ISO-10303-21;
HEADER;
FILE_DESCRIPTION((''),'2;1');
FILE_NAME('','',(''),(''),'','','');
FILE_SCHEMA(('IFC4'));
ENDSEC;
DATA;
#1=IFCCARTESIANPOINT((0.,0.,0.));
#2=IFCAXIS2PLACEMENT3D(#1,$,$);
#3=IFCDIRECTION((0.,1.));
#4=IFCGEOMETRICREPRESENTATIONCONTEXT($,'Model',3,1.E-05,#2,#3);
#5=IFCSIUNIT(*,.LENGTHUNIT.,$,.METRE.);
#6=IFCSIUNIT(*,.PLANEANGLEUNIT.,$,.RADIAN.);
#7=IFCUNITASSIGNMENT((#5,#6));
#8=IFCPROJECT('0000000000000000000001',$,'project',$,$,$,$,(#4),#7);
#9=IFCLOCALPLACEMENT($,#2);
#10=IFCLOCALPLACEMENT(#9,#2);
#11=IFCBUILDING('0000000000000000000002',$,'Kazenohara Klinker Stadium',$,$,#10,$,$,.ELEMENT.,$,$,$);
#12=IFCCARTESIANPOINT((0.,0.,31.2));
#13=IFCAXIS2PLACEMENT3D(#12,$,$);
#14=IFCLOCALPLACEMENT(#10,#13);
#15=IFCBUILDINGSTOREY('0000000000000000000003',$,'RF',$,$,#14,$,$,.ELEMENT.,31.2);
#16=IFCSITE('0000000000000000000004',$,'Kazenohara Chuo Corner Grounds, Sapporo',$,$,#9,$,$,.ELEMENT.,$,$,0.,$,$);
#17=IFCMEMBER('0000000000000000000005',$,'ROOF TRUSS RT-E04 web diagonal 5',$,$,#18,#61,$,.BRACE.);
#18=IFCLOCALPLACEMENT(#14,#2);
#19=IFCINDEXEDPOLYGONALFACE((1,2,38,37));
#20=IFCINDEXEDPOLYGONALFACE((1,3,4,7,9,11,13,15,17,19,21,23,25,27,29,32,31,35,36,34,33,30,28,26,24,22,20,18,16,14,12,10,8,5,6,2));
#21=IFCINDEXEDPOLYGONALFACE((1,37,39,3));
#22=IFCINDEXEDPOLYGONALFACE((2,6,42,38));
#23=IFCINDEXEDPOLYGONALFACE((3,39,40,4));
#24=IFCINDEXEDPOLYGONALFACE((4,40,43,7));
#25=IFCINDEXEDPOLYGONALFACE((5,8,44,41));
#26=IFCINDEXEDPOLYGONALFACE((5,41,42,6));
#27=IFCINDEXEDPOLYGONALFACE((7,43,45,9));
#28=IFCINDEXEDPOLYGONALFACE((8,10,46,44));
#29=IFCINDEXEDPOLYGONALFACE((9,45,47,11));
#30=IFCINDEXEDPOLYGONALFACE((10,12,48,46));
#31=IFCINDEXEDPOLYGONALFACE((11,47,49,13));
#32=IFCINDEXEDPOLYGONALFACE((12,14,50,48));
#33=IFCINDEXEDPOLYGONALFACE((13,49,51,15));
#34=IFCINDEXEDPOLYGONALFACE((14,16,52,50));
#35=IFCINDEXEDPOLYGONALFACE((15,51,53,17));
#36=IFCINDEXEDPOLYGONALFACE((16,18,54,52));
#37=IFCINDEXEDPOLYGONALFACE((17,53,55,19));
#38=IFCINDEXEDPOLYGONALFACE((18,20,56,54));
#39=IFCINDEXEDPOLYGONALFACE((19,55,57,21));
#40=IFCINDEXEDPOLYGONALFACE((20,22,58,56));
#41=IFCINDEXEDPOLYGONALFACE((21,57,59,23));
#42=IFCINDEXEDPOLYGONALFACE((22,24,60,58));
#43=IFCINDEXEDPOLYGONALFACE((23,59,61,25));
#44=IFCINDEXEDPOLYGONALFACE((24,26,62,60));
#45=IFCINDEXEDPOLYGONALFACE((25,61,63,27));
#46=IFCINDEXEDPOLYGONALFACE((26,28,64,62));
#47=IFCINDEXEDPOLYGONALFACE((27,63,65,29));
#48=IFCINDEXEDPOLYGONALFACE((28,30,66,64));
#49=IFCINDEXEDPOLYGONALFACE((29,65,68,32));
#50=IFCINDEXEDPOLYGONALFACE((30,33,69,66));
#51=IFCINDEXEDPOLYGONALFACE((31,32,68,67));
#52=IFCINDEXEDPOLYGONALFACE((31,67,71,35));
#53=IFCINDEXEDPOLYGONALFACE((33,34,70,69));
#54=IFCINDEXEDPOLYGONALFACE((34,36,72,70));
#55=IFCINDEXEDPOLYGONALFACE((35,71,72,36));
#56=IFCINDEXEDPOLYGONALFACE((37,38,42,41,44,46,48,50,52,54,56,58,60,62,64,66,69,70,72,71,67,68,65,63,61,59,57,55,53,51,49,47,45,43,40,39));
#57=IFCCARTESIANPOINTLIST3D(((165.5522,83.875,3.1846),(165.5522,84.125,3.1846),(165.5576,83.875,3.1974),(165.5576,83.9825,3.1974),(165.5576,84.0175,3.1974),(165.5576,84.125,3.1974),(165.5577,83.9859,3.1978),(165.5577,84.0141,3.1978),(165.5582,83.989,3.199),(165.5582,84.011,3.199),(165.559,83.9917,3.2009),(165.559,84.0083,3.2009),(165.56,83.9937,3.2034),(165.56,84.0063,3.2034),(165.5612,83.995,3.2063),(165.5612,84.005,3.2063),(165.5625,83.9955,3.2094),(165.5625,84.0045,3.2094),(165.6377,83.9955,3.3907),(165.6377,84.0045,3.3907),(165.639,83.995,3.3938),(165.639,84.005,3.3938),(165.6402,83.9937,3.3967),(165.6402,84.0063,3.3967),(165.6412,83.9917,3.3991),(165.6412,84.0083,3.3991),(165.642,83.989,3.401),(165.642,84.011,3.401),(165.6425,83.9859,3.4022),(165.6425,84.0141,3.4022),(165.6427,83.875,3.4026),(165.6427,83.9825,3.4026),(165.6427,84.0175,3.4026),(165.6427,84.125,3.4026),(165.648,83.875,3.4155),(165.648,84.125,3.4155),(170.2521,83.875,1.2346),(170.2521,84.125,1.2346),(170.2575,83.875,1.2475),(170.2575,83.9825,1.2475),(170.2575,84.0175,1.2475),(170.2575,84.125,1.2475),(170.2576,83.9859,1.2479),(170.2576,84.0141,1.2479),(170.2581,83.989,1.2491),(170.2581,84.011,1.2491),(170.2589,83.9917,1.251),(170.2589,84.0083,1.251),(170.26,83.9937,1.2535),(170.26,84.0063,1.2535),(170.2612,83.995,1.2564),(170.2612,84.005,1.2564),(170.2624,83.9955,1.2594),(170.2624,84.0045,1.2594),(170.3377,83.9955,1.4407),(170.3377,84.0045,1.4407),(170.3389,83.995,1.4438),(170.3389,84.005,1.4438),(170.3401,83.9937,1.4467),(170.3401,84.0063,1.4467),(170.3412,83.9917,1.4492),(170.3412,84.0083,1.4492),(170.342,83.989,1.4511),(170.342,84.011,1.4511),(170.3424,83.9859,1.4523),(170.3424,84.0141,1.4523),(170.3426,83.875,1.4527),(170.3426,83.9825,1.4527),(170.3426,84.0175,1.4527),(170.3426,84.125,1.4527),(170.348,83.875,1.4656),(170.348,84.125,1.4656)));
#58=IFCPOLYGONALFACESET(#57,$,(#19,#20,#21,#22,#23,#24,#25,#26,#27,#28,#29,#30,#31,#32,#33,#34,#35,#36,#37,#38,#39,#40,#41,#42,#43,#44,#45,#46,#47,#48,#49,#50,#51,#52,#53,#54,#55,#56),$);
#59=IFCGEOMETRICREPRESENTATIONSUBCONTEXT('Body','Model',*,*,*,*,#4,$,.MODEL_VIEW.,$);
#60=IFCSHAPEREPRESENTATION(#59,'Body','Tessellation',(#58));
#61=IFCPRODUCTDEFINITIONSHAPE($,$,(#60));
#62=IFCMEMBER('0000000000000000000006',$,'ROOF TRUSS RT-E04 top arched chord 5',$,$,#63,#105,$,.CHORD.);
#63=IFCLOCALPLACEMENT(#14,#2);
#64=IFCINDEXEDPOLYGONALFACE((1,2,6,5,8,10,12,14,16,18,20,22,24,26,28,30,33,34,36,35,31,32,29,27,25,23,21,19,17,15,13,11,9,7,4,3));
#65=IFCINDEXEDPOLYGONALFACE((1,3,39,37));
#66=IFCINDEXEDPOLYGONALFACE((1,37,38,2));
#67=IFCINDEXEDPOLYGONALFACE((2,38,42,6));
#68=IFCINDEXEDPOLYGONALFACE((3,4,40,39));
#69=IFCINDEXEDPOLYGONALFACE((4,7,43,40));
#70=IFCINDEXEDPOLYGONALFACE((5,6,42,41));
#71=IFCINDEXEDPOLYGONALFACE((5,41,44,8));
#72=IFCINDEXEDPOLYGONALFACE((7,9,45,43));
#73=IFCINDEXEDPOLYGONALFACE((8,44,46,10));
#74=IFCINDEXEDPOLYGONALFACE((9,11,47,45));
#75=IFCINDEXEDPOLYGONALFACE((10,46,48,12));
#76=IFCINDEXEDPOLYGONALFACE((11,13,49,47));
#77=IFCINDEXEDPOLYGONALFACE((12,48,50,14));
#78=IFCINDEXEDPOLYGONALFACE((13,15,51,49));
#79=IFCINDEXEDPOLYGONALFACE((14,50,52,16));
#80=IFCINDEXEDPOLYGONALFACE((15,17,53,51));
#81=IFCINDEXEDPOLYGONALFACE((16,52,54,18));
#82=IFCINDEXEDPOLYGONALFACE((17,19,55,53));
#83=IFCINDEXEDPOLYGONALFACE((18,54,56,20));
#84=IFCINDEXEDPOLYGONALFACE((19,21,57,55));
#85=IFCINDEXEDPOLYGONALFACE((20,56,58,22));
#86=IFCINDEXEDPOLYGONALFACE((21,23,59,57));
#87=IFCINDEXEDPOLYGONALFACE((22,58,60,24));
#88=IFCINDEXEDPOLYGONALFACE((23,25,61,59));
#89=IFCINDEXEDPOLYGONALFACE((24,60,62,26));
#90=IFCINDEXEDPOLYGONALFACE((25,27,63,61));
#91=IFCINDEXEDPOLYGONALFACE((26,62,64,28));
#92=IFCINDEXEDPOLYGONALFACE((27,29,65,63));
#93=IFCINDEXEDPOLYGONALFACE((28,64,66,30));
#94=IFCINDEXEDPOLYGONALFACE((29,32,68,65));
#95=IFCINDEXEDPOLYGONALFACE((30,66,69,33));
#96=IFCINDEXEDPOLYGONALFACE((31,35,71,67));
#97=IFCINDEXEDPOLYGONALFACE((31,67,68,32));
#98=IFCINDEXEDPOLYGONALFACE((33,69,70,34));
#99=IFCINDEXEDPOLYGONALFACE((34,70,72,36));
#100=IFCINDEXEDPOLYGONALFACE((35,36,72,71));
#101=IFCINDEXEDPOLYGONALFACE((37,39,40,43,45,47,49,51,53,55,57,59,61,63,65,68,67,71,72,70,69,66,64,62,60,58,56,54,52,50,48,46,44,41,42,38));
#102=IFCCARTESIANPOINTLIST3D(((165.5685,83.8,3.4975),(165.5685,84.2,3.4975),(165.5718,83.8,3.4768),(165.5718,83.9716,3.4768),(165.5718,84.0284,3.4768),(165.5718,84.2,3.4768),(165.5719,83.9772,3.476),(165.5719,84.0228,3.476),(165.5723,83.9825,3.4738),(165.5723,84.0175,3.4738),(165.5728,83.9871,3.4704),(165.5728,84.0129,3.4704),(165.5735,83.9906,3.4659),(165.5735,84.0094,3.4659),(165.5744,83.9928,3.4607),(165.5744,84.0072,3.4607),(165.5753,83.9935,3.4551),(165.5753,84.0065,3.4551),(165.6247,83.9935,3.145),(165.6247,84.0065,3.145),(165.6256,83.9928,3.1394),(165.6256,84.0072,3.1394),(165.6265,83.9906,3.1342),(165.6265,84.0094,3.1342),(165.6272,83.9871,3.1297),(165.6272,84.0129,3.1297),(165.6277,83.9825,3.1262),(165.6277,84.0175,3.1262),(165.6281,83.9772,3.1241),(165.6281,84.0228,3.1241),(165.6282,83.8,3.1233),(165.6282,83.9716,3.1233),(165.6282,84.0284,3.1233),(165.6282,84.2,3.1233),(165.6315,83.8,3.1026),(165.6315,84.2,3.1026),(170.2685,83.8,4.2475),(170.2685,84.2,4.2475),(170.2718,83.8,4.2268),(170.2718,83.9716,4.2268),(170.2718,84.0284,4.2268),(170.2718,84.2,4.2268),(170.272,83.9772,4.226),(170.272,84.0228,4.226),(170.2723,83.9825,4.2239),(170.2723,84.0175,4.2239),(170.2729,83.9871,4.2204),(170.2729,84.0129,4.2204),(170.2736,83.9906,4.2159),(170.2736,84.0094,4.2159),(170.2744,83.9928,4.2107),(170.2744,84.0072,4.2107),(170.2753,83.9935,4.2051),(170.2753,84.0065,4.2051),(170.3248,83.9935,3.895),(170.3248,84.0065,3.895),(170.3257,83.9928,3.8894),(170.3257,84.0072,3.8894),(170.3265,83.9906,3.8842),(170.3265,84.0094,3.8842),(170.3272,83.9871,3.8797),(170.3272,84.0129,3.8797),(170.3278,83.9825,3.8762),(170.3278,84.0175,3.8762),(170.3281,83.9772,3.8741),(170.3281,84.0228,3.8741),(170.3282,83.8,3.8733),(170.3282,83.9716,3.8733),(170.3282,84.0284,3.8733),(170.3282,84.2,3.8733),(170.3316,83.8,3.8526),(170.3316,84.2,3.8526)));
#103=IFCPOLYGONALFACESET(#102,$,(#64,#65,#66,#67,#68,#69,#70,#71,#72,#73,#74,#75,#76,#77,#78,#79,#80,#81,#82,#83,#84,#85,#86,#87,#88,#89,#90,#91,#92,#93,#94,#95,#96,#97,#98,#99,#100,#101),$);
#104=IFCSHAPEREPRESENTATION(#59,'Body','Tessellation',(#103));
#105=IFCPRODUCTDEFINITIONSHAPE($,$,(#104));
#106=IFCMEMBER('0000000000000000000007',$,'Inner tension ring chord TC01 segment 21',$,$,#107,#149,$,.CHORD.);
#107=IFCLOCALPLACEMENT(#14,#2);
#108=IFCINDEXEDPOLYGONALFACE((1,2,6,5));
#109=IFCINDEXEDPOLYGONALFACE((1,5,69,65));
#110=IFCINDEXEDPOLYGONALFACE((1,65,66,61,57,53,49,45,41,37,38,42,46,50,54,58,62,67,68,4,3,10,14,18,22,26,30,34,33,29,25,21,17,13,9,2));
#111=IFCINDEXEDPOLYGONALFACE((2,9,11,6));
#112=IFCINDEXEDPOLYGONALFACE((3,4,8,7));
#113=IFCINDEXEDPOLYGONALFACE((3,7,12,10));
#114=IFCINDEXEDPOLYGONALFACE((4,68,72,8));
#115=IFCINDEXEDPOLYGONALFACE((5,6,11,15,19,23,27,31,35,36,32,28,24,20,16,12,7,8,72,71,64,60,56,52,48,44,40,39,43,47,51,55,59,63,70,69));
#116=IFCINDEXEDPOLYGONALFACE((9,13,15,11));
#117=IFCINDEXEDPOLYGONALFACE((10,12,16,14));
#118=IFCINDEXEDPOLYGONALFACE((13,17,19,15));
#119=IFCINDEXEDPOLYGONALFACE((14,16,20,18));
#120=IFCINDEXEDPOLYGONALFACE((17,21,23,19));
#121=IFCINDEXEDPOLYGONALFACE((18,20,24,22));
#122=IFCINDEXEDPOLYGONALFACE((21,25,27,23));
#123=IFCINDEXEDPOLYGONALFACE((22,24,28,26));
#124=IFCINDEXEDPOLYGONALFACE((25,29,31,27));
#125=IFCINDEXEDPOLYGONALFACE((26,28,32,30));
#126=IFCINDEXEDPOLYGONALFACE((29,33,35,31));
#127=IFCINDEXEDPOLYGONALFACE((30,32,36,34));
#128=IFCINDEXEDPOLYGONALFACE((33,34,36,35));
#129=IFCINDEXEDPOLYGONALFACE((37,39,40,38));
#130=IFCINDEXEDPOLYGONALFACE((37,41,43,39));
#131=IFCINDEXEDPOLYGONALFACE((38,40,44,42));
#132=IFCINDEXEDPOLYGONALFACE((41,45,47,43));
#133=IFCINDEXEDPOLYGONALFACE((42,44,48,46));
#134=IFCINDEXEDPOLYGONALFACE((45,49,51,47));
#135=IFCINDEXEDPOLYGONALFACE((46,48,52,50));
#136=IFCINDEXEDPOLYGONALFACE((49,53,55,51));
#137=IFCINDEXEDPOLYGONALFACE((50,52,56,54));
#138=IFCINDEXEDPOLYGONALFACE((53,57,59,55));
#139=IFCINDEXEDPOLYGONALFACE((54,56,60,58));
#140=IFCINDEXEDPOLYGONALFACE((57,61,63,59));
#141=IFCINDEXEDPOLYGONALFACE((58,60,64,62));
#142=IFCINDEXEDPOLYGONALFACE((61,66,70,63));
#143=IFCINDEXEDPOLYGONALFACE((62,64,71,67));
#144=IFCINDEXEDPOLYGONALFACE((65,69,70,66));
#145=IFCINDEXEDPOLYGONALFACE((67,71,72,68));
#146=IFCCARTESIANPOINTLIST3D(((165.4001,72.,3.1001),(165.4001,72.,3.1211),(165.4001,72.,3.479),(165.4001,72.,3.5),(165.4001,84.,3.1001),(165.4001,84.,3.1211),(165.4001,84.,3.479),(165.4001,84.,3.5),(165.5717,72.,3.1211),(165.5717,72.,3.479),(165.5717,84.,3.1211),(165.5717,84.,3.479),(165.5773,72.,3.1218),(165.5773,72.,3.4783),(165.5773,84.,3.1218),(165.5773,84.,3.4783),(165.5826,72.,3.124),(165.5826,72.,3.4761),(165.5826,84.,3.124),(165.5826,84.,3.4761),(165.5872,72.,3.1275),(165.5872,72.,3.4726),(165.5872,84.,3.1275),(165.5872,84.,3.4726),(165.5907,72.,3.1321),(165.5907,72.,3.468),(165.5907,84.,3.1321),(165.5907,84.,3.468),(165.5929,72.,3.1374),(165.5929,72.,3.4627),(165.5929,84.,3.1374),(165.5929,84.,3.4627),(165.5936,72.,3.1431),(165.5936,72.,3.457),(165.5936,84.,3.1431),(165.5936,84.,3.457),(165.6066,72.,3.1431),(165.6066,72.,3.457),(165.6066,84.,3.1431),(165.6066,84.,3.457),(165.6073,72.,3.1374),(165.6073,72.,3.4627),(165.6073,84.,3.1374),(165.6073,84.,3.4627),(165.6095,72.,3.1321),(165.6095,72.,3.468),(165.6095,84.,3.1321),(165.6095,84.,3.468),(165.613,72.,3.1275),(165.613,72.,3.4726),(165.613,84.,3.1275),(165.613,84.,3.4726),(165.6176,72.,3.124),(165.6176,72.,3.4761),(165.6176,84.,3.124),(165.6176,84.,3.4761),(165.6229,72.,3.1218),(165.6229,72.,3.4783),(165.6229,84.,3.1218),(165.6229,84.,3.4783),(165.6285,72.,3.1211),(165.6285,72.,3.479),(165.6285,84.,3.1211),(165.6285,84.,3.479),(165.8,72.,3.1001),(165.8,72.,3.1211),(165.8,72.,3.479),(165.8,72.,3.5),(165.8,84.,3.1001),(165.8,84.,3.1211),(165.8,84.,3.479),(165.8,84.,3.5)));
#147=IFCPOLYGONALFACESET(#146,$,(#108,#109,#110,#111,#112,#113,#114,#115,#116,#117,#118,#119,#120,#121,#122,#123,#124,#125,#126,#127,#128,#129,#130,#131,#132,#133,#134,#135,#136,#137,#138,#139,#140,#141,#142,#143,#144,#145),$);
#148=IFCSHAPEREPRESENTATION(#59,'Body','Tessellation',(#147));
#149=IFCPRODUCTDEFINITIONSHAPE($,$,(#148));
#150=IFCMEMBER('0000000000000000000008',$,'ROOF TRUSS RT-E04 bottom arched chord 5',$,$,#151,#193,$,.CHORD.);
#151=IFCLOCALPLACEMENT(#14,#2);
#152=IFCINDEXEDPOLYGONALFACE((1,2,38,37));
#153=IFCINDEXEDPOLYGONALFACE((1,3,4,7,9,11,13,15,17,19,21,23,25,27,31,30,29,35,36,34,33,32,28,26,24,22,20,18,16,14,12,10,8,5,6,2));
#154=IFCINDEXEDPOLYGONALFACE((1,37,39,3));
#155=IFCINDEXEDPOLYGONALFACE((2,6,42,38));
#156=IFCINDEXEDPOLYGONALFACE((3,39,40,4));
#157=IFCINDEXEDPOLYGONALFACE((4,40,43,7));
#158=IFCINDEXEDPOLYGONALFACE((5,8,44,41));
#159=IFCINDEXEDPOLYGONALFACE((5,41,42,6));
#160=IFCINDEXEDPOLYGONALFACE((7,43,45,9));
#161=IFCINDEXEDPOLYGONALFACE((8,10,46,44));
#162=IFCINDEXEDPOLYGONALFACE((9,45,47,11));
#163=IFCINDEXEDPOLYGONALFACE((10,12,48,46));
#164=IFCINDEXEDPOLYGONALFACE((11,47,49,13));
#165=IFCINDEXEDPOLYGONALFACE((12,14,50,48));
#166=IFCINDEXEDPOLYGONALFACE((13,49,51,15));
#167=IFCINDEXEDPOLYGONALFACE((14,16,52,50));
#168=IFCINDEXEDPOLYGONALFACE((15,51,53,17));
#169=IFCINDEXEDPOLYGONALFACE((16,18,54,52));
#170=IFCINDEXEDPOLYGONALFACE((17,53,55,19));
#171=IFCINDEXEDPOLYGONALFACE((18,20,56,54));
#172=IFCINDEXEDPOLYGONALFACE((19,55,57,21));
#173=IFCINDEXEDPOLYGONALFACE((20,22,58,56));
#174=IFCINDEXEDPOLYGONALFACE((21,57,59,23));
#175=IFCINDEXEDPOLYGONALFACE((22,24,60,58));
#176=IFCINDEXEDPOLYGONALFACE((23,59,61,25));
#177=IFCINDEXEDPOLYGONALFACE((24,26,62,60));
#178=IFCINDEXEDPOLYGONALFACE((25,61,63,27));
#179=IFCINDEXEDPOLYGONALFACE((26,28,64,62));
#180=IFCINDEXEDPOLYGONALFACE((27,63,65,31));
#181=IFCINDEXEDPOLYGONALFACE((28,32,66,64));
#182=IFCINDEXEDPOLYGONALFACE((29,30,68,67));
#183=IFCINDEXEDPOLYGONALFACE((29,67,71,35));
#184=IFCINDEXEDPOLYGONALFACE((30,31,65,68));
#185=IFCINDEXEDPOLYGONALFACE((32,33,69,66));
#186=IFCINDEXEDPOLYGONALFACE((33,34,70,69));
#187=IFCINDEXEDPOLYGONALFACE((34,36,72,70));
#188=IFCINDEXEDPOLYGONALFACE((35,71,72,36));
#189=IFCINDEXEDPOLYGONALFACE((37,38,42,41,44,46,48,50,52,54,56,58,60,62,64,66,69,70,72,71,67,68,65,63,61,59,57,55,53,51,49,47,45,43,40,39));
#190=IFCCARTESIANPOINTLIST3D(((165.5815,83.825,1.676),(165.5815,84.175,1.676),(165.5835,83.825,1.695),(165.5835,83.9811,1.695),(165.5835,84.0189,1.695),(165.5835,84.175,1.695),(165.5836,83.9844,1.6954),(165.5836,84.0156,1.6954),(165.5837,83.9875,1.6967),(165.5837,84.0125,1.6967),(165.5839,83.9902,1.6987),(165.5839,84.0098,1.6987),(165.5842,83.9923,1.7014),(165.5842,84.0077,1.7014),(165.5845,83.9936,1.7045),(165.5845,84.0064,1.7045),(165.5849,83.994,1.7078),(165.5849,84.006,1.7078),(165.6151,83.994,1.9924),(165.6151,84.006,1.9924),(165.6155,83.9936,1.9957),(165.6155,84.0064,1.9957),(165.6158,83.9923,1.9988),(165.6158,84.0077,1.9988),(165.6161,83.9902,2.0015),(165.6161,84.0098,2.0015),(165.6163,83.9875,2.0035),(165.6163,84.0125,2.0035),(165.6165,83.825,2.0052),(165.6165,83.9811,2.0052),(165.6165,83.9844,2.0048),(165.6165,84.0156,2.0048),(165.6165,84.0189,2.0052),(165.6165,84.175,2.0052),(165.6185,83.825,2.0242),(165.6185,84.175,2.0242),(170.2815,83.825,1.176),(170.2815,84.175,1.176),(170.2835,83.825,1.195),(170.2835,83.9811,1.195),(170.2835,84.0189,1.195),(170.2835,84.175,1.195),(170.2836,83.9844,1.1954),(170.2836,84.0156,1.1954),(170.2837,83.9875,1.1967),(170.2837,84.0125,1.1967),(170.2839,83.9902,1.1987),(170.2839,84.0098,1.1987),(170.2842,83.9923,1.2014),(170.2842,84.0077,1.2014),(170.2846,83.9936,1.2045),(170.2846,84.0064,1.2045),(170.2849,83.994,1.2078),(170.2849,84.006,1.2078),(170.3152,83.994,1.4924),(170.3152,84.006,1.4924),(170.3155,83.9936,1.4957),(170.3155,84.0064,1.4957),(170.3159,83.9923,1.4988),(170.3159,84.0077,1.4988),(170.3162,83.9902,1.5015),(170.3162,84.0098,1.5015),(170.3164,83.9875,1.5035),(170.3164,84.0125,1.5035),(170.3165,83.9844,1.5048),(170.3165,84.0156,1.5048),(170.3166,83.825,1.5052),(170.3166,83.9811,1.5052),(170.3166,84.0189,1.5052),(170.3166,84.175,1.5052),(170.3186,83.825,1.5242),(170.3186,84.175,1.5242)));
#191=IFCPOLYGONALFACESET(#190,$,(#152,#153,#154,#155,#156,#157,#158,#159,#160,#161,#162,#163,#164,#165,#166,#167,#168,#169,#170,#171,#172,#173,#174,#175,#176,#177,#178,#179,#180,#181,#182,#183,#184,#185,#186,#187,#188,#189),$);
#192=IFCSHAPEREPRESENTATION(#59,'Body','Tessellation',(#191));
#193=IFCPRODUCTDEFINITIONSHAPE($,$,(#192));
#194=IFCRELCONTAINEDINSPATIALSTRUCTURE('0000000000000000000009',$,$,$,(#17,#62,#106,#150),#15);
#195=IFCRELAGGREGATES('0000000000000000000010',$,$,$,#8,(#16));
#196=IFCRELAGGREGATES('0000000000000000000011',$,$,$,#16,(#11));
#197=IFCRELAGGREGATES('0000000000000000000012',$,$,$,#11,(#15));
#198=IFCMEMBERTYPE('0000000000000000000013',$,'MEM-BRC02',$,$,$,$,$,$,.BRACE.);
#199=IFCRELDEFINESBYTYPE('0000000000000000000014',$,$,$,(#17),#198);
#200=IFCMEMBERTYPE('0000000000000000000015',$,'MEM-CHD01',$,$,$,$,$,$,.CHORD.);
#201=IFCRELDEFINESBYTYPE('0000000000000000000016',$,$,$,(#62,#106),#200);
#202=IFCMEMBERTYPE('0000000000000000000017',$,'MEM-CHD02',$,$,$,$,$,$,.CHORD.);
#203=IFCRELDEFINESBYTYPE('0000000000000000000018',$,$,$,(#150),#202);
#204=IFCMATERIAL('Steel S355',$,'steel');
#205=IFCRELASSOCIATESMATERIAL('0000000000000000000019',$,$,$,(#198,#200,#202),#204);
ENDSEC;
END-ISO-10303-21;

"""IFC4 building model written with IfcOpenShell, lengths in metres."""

from ifc_helpers import new_model, si_unit, direction, frame, origin, origin_2d, place, context, subcontext, project, spatial, i_section, extrude, material, material_profile, profile_set, type_object, element, save


model = new_model("IFC4")

# Units and contexts
model_context = context("Model", 3, precision=1e-05, world=origin(), true_north=direction((0.0, 1.0)))
body_context = subcontext(model_context, "Body", "Model", "MODEL_VIEW")
ifc_project = project(units=[si_unit("LENGTHUNIT", "METRE"), si_unit("PLANEANGLEUNIT", "RADIAN")], contexts=[model_context])

# Site, building, storey
site_placement = place(None, origin())
site = spatial("IfcSite", under=ifc_project, at=site_placement, Name="Kazenohara Chuo Corner Grounds, Sapporo", CompositionType="ELEMENT", RefElevation=0.0)
building_placement = place(site_placement, origin())
building = spatial("IfcBuilding", under=site, at=building_placement, Name="Kazenohara Klinker Stadium", CompositionType="ELEMENT")
storey_placement = place(building_placement, frame((0.0, 0.0, 31.2)))
storey = spatial("IfcBuildingStorey", under=building, at=storey_placement, Name="RF", CompositionType="ELEMENT", Elevation=31.2)

# Members
ifc_material_1 = material(Name="Steel S355", Category="steel")
ifc_material_profile_1 = material_profile(ifc_material_1, i_section(OverallWidth=0.25, OverallDepth=0.25, WebThickness=0.009, FlangeThickness=0.0139, FilletRadius=0.0129, at=origin_2d()), Name="H-250x250x9x14")
ifc_profile_set_1 = profile_set([ifc_material_profile_1], Name="Steel S355")
member_type_1 = type_object("IfcMemberType", Name="MEM-BRC02", PredefinedType="BRACE", material=ifc_profile_set_1)
member_1_placement = place(storey_placement, frame((170.3, 84.0, 1.3501), z_axis=(-0.923659, 0.0, 0.383215), x_axis=(0.0, -1.0, 0.0)))
element("IfcMember", 1, at=member_1_placement, inside=storey, type_object=member_type_1, Name="ROOF TRUSS RT-E04 web diagonal 5", PredefinedType="BRACE", context=body_context, shape_type="SweptSolid", body=[
    extrude(i_section(OverallWidth=0.25, OverallDepth=0.25, WebThickness=0.009, FlangeThickness=0.0139, FilletRadius=0.0129, at=origin_2d()), origin(), (0.0, 0.0, 1.0), 5.0884),
])
ifc_material_profile_2 = material_profile(ifc_material_1, i_section(OverallWidth=0.3999, OverallDepth=0.3999, WebThickness=0.0129, FlangeThickness=0.021, FilletRadius=0.022, at=origin_2d()), Name="H-400x400x13x21")
ifc_profile_set_2 = profile_set([ifc_material_profile_2], Name="Steel S355")
member_type_2 = type_object("IfcMemberType", Name="MEM-CHD01", PredefinedType="CHORD", material=ifc_profile_set_2)
member_2_placement = place(storey_placement, frame((170.3, 84.0, 4.05), z_axis=(-0.987506, 0.0, -0.157582), x_axis=(0.0, -1.0, 0.0)))
element("IfcMember", 2, at=member_2_placement, inside=storey, type_object=member_type_2, Name="ROOF TRUSS RT-E04 top arched chord 5", PredefinedType="CHORD", context=body_context, shape_type="SweptSolid", body=[
    extrude(i_section(OverallWidth=0.3999, OverallDepth=0.3999, WebThickness=0.0129, FlangeThickness=0.021, FilletRadius=0.022, at=origin_2d()), origin(), (0.0, 0.0, 1.0), 4.7595),
])
member_3_placement = place(storey_placement, frame((165.6001, 84.0, 3.3), z_axis=(0.0, -1.0, 0.0), x_axis=(1.0, 0.0, 0.0)))
element("IfcMember", 3, at=member_3_placement, inside=storey, type_object=member_type_2, Name="Inner tension ring chord TC01 segment 21", PredefinedType="CHORD", context=body_context, shape_type="SweptSolid", body=[
    extrude(i_section(OverallWidth=0.3999, OverallDepth=0.3999, WebThickness=0.0129, FlangeThickness=0.021, FilletRadius=0.022, at=origin_2d()), origin(), (0.0, 0.0, 1.0), 12.0),
])
ifc_material_profile_3 = material_profile(ifc_material_1, i_section(OverallWidth=0.3501, OverallDepth=0.3501, WebThickness=0.012, FlangeThickness=0.019, FilletRadius=0.0129, at=origin_2d()), Name="H-350x350x12x19")
ifc_profile_set_3 = profile_set([ifc_material_profile_3], Name="Steel S355")
member_type_3 = type_object("IfcMemberType", Name="MEM-CHD02", PredefinedType="CHORD", material=ifc_profile_set_3)
member_4_placement = place(storey_placement, frame((170.3, 84.0, 1.3501), z_axis=(-0.994389, 0.0, 0.105787), x_axis=(0.0, -1.0, 0.0)))
element("IfcMember", 4, at=member_4_placement, inside=storey, type_object=member_type_3, Name="ROOF TRUSS RT-E04 bottom arched chord 5", PredefinedType="CHORD", context=body_context, shape_type="SweptSolid", body=[
    extrude(i_section(OverallWidth=0.3501, OverallDepth=0.3501, WebThickness=0.012, FlangeThickness=0.019, FilletRadius=0.0129, at=origin_2d()), origin(), (0.0, 0.0, 1.0), 4.7266),
])

save(model, "model.ifc")
